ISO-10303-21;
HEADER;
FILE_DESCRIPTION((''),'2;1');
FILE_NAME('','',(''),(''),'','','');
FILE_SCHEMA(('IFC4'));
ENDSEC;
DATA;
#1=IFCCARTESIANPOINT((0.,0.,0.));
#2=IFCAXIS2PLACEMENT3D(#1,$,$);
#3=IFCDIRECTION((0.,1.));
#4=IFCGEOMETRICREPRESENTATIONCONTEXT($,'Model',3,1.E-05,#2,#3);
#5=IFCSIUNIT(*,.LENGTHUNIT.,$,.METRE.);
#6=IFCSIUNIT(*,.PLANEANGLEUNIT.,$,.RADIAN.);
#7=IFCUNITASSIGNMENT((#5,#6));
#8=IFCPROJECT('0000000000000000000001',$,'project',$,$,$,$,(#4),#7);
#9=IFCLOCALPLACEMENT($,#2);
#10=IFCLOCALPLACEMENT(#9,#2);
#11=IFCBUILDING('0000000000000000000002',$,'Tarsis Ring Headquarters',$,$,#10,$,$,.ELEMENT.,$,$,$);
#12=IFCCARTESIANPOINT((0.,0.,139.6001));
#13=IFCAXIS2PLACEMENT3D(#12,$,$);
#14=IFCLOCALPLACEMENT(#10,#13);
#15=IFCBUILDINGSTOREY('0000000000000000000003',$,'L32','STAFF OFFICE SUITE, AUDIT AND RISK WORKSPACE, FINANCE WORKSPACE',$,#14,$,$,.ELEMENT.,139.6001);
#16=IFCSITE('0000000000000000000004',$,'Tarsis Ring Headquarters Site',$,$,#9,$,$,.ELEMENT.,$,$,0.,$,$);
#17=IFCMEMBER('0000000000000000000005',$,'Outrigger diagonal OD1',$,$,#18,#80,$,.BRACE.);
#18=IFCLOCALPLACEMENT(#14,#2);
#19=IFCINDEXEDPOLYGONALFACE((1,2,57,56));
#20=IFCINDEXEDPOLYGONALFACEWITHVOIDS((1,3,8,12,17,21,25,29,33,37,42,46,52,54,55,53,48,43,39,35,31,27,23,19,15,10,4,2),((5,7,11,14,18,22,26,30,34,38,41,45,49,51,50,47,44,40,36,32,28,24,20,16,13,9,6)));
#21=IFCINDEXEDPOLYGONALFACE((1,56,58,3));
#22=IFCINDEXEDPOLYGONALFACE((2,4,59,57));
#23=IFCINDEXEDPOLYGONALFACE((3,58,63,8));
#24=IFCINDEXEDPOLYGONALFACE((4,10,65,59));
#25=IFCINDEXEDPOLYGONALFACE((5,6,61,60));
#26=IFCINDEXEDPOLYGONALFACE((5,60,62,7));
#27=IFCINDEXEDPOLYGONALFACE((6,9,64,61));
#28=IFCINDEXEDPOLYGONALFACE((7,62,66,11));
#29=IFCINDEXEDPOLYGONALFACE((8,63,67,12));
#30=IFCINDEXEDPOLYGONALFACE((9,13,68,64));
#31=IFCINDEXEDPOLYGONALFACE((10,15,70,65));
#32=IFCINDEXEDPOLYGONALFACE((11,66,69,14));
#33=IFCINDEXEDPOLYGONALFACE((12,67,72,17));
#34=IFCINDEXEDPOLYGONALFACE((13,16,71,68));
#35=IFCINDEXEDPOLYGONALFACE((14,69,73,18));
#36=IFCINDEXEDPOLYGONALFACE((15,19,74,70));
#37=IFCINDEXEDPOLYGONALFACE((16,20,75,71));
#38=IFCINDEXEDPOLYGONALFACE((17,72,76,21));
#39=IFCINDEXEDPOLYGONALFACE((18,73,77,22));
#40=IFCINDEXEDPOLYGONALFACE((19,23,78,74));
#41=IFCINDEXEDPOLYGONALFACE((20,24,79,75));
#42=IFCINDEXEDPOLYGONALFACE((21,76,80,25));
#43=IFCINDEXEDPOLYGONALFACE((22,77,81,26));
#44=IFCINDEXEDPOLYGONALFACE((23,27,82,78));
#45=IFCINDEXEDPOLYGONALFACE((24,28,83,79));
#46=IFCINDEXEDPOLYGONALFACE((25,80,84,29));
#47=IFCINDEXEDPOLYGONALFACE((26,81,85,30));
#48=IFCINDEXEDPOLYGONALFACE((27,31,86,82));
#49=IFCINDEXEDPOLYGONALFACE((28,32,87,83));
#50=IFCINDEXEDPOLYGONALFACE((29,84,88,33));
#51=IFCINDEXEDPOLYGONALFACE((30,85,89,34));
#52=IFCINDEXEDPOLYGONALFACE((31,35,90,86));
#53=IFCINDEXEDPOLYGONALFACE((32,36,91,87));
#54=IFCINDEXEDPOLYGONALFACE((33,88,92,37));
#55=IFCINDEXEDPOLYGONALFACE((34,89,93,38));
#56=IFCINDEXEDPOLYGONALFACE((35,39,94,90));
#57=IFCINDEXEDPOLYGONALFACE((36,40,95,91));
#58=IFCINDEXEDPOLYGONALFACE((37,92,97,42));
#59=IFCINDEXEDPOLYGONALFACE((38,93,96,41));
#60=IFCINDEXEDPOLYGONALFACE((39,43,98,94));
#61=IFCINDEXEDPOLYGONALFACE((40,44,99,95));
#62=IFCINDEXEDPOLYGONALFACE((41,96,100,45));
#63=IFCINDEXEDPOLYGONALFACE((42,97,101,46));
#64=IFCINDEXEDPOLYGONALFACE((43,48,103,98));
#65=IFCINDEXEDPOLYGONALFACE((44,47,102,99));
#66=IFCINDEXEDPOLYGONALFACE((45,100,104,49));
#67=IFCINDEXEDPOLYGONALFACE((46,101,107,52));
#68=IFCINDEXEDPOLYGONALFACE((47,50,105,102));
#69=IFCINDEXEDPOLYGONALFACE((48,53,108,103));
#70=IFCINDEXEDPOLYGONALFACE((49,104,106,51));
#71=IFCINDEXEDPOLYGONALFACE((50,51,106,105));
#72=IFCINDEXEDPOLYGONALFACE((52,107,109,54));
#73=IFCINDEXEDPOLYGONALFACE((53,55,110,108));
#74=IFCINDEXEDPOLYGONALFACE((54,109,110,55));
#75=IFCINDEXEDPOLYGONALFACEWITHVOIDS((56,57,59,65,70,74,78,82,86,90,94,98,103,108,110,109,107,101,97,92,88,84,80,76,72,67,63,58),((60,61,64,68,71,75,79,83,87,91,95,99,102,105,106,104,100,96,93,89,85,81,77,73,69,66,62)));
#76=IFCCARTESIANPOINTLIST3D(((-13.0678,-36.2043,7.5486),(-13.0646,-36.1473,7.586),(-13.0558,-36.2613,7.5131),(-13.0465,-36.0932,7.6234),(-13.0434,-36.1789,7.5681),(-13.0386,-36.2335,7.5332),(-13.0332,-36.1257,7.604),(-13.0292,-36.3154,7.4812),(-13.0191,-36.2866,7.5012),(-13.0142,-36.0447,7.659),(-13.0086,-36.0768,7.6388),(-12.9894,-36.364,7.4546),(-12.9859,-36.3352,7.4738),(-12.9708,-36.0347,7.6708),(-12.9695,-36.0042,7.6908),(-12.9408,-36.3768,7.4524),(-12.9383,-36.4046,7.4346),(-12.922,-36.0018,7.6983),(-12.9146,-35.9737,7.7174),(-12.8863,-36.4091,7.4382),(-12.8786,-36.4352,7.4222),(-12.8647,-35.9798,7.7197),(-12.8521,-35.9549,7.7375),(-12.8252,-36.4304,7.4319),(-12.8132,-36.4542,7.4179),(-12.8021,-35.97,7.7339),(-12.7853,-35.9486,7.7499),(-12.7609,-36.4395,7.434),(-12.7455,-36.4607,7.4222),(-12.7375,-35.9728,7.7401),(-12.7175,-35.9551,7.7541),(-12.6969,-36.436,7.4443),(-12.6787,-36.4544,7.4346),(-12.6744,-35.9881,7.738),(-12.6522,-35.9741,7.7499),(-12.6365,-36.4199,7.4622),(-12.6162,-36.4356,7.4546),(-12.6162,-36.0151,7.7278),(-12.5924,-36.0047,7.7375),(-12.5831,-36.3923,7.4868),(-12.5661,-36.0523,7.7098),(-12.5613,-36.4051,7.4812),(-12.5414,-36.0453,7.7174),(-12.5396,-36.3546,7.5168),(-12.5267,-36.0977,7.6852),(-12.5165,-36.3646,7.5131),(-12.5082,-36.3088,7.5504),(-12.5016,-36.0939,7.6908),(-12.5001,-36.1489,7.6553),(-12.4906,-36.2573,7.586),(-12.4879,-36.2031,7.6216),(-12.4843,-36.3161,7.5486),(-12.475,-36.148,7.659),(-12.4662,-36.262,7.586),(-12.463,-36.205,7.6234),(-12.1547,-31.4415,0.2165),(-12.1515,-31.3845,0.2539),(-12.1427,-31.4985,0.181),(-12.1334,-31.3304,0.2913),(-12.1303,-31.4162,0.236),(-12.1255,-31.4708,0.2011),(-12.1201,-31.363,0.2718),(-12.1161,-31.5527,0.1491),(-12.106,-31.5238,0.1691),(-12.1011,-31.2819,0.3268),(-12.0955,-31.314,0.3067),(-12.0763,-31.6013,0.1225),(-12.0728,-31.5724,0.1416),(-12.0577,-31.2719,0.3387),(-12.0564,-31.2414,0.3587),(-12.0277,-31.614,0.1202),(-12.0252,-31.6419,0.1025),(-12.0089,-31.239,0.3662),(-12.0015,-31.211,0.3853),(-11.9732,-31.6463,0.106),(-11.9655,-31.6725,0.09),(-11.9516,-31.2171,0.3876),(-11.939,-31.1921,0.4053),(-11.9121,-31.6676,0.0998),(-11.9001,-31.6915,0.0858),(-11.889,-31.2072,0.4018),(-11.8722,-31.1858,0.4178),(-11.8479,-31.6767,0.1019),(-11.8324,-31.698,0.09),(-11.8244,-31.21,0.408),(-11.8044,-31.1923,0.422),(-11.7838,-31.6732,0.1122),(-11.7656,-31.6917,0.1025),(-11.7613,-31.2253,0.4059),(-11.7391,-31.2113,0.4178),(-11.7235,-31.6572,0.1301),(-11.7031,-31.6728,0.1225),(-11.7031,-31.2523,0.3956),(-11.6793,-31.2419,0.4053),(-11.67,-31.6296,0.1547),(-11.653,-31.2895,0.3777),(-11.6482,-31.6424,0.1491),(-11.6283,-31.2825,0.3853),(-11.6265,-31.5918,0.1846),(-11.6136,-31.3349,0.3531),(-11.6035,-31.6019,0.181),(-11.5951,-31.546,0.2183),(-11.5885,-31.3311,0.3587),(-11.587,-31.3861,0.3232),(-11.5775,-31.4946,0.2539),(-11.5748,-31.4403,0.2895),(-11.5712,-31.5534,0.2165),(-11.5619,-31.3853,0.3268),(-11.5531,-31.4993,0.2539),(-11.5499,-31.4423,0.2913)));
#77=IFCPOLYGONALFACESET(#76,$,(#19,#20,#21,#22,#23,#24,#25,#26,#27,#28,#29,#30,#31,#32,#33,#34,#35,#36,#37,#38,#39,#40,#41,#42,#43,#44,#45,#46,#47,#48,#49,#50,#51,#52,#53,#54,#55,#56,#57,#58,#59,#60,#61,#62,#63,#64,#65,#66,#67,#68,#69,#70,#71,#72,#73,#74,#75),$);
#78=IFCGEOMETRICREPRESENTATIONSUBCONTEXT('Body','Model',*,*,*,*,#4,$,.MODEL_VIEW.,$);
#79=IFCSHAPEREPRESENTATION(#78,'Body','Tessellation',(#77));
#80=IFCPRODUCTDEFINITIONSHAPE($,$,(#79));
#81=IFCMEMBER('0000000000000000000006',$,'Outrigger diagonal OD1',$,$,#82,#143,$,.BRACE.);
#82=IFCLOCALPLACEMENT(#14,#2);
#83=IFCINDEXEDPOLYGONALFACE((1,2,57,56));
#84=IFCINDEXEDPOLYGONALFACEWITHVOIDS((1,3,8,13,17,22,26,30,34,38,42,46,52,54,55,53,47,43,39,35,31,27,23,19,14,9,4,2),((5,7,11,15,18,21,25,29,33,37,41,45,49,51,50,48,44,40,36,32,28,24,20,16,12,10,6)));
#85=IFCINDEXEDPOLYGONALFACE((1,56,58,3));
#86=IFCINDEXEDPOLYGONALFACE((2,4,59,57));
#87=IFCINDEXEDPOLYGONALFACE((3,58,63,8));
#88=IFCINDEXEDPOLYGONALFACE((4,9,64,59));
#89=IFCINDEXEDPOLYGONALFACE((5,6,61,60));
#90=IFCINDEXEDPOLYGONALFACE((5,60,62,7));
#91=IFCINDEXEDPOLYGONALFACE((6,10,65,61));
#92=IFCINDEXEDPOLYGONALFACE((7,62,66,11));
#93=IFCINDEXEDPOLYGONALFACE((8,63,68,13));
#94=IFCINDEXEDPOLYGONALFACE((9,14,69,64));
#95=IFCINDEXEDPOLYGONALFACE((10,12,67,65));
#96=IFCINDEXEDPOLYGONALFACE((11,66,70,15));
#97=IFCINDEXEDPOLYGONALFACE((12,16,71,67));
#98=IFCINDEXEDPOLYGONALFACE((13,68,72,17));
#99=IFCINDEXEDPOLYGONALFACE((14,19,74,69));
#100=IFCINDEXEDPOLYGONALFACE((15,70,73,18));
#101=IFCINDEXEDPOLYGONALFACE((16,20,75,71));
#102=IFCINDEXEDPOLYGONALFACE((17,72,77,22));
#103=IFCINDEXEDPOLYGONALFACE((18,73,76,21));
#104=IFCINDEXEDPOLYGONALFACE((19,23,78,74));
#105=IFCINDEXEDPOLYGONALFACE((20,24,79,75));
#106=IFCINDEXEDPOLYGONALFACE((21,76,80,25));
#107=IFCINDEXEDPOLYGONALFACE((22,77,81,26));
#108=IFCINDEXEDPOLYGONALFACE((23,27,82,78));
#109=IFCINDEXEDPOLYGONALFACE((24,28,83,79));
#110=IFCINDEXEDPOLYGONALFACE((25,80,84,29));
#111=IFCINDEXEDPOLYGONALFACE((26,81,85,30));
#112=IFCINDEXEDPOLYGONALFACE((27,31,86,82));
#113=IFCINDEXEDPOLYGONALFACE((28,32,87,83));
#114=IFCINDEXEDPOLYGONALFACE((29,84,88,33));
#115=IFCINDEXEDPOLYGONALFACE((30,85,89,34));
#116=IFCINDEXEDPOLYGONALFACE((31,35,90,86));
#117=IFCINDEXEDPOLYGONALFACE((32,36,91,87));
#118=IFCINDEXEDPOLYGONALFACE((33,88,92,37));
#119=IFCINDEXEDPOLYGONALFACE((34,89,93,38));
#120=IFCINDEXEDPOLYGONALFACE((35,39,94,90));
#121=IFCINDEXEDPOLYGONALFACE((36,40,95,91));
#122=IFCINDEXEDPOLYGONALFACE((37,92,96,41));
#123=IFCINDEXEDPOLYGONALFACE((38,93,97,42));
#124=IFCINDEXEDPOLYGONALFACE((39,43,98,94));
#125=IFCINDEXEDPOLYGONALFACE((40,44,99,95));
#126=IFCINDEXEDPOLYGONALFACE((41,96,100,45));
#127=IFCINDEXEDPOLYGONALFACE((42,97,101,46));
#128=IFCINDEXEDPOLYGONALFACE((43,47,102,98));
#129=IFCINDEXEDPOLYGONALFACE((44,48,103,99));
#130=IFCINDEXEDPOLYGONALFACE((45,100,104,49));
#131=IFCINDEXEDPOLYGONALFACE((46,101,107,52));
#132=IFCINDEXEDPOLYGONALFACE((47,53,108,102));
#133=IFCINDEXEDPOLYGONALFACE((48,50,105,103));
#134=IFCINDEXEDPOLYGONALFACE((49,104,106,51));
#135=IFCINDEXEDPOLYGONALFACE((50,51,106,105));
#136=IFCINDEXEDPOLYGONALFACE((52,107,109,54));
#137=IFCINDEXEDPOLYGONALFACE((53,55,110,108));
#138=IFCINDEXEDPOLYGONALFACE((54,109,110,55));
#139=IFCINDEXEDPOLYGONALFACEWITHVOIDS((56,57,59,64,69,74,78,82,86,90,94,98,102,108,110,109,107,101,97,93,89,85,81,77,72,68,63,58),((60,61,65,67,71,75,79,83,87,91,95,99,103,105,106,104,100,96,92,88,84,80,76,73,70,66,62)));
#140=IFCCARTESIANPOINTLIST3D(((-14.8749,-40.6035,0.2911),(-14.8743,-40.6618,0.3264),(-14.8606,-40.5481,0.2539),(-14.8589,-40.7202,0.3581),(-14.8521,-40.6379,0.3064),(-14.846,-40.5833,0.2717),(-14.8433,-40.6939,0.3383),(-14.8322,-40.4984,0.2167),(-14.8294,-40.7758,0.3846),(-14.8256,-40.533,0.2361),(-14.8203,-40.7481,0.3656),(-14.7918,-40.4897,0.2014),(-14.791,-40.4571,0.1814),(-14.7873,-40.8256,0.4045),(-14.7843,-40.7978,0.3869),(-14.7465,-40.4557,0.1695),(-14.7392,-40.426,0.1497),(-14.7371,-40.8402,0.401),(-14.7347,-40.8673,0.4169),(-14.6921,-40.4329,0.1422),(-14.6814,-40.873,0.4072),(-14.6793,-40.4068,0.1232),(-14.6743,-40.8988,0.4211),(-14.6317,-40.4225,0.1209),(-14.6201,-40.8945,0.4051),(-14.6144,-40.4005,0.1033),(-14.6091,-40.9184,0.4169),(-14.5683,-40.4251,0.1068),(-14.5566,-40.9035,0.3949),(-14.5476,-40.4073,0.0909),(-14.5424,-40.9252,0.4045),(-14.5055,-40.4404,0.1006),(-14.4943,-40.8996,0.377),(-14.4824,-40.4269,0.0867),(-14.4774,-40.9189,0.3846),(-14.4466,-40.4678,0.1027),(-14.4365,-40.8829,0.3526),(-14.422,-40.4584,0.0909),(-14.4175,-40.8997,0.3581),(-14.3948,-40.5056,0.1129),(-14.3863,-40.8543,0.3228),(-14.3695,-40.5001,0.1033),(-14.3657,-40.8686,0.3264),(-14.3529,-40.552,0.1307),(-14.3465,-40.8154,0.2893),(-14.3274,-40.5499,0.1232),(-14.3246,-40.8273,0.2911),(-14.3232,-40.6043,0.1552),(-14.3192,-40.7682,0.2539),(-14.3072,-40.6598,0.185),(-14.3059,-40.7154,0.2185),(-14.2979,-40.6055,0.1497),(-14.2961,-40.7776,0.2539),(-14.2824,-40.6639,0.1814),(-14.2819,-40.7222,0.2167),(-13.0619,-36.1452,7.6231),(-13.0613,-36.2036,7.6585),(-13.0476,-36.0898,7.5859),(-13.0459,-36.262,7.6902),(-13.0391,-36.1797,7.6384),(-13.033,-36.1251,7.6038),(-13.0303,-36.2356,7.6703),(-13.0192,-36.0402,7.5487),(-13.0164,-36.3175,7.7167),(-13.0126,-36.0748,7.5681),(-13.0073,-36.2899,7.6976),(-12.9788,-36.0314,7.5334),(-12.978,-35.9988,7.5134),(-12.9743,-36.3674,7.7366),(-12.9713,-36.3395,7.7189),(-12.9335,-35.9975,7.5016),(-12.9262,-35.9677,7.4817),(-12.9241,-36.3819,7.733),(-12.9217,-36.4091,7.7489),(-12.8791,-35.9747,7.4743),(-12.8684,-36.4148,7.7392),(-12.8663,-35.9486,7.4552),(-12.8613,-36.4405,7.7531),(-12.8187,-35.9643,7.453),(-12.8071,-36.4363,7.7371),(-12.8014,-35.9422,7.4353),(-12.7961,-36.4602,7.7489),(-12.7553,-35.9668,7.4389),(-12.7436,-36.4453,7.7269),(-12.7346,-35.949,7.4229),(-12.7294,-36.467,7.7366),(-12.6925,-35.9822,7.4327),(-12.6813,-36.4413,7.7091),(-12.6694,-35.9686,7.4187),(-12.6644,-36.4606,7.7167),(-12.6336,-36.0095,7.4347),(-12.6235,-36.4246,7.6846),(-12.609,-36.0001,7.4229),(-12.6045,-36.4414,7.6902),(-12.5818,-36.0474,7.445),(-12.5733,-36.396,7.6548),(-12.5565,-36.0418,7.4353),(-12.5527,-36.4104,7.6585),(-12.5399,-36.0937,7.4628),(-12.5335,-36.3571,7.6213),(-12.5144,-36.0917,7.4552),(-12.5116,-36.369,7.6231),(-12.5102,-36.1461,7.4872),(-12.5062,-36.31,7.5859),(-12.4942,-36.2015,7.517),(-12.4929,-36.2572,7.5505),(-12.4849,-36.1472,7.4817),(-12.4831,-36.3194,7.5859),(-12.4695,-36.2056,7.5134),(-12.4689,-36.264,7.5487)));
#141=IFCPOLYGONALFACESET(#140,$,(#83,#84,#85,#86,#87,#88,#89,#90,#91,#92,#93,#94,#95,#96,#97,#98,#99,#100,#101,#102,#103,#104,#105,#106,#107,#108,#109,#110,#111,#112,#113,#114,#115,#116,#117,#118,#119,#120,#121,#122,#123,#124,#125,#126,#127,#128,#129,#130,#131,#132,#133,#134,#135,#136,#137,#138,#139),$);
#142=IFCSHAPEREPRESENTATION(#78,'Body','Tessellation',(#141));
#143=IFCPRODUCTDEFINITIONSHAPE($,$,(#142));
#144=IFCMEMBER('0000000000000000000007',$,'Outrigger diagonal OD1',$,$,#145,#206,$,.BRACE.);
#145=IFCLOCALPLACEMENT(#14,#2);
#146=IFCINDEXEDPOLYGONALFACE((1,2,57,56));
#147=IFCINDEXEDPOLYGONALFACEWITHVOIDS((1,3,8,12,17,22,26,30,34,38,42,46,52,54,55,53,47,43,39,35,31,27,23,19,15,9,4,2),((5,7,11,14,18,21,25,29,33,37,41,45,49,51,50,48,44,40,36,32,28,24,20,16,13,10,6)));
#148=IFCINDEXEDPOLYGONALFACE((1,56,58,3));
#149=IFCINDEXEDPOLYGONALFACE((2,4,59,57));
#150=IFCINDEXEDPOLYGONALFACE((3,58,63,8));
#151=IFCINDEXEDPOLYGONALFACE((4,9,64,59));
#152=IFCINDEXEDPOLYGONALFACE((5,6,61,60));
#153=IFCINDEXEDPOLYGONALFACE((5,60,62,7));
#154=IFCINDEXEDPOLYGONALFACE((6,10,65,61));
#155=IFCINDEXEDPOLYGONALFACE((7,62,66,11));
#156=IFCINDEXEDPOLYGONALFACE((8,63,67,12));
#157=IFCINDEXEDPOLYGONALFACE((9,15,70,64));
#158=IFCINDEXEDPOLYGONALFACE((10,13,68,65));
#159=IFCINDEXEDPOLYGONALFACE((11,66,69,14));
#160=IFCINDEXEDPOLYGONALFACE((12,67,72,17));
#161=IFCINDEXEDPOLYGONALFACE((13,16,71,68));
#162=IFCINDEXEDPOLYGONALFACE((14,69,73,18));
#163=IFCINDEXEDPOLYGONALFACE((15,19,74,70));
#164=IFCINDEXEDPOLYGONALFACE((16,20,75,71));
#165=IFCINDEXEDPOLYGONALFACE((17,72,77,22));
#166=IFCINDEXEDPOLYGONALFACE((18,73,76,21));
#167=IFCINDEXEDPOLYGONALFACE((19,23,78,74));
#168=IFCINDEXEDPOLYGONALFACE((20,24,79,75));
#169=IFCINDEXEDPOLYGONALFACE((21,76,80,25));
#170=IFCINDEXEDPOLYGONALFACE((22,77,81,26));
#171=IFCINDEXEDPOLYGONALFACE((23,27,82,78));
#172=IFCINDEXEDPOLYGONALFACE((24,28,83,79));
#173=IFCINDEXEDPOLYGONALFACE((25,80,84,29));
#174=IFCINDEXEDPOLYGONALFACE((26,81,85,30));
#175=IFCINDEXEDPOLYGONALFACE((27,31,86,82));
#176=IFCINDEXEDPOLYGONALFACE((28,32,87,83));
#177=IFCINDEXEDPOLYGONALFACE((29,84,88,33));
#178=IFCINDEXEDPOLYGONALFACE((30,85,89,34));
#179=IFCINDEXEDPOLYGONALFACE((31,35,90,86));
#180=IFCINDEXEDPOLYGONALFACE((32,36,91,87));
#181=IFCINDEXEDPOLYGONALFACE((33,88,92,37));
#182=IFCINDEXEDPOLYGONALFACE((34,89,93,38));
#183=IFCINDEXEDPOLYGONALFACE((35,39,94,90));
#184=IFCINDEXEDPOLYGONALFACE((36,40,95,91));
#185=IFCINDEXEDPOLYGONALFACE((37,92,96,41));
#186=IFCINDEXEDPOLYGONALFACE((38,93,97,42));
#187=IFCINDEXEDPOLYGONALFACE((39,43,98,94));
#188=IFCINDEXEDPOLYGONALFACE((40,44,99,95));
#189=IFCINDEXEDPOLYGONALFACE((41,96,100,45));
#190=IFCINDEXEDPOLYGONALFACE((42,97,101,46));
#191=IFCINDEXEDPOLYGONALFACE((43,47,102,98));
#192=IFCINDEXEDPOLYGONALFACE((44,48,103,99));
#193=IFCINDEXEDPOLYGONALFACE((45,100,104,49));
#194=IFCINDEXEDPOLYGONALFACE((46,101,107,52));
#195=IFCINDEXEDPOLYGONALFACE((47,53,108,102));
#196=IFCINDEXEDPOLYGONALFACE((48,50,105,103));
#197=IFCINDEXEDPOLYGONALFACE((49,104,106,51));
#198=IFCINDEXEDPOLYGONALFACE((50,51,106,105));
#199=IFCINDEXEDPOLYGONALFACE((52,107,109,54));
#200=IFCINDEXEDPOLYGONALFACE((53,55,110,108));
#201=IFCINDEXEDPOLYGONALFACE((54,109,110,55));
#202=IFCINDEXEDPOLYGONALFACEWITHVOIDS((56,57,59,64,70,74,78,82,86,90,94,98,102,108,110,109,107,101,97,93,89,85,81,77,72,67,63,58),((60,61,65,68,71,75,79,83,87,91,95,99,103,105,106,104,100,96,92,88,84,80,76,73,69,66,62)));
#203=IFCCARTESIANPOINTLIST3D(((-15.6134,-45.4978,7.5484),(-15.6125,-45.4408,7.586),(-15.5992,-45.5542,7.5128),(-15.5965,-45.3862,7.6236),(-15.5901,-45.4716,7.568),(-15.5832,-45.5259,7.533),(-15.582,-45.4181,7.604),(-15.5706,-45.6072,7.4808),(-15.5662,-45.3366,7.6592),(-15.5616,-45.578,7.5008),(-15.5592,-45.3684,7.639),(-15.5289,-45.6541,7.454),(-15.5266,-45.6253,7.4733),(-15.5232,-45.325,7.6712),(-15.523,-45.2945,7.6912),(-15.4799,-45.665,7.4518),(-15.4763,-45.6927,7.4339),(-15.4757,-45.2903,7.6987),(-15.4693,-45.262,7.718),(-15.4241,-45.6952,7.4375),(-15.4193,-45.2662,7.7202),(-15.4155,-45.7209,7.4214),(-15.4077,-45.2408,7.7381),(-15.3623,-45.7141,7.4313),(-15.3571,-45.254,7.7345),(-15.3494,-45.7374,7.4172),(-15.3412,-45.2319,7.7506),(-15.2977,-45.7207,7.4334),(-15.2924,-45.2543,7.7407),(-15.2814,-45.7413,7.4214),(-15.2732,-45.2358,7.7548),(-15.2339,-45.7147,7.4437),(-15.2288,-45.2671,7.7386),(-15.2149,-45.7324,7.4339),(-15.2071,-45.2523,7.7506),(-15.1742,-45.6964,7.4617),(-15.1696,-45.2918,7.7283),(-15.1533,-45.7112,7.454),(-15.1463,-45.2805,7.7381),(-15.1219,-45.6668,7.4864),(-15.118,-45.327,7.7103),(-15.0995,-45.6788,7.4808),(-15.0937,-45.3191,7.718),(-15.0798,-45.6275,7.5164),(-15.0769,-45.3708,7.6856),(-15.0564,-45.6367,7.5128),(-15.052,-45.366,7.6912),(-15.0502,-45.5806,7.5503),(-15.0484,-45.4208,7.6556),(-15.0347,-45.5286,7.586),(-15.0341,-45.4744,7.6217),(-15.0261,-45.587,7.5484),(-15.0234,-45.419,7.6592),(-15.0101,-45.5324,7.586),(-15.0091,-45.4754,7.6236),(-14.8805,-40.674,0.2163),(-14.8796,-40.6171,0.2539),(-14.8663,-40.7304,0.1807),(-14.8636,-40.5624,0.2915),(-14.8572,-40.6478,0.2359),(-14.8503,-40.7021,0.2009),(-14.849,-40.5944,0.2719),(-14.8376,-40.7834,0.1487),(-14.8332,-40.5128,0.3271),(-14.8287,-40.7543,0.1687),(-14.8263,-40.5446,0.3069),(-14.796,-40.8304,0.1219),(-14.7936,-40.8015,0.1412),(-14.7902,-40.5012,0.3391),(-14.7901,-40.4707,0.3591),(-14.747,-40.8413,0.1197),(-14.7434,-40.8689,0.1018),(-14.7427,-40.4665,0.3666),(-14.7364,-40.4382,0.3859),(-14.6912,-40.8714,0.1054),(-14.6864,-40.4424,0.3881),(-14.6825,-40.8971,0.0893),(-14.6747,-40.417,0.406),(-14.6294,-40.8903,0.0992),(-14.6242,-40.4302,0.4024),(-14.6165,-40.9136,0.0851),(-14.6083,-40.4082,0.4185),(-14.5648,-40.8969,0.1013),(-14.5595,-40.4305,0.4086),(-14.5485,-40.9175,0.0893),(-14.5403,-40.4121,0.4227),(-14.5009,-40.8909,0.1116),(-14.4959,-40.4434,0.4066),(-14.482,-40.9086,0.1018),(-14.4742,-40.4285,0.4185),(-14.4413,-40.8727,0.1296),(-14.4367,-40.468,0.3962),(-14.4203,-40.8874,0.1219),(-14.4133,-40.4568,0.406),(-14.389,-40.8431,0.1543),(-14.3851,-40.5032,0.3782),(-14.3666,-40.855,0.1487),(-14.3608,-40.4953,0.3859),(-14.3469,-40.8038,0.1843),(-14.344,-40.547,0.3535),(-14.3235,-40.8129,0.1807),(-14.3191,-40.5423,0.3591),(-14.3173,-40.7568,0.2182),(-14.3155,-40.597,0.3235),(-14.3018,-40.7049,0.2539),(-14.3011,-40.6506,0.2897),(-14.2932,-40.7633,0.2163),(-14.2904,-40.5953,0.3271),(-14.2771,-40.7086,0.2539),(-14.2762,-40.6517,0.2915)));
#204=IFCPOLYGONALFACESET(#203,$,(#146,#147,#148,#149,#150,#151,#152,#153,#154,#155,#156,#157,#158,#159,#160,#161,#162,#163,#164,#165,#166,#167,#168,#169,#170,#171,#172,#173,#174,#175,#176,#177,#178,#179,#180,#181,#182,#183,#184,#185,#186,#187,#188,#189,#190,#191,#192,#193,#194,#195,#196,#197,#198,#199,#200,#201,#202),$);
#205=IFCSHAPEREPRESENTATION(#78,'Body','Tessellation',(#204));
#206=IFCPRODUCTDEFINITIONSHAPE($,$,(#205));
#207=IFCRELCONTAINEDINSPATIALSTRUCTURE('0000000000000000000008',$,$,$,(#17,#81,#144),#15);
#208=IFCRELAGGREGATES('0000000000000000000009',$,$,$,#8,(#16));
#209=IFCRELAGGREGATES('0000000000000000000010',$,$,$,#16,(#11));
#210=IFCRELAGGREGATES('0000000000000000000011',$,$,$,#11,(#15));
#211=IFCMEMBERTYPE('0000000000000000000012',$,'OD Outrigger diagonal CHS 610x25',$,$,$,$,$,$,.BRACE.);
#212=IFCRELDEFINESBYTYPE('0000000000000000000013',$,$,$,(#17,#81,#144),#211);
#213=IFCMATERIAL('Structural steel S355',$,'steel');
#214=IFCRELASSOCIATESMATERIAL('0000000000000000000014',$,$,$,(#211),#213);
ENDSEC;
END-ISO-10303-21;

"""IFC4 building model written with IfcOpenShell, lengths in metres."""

from ifc_helpers import new_model, si_unit, direction, frame, origin, origin_2d, place, context, subcontext, project, spatial, hollow_circle, extrude, material, material_profile, profile_set, type_object, element, save


model = new_model("IFC4")

# Units and contexts
model_context = context("Model", 3, precision=1e-05, world=origin(), true_north=direction((0.0, 1.0)))
body_context = subcontext(model_context, "Body", "Model", "MODEL_VIEW")
ifc_project = project(units=[si_unit("LENGTHUNIT", "METRE"), si_unit("PLANEANGLEUNIT", "RADIAN")], contexts=[model_context])

# Site, building, storey
site_placement = place(None, origin())
site = spatial("IfcSite", under=ifc_project, at=site_placement, Name="Tarsis Ring Headquarters Site", CompositionType="ELEMENT", RefElevation=0.0)
building_placement = place(site_placement, origin())
building = spatial("IfcBuilding", under=site, at=building_placement, Name="Tarsis Ring Headquarters", CompositionType="ELEMENT")
storey_placement = place(building_placement, frame((0.0, 0.0, 139.6001)))
storey = spatial("IfcBuildingStorey", under=building, at=storey_placement, Name="L32", Description="STAFF OFFICE SUITE, AUDIT AND RISK WORKSPACE, FINANCE WORKSPACE", CompositionType="ELEMENT", Elevation=139.6001)

# Members
ifc_material_1 = material(Name="Structural steel S355", Category="steel")
ifc_material_profile_1 = material_profile(ifc_material_1, hollow_circle(Radius=0.3047, WallThickness=0.0249, at=origin_2d()), Name="CHS 610x25")
ifc_profile_set_1 = profile_set([ifc_material_profile_1], Name="Structural steel S355")
member_type_1 = type_object("IfcMemberType", Name="OD Outrigger diagonal CHS 610x25", PredefinedType="BRACE", material=ifc_profile_set_1)
member_1_placement = place(storey_placement, frame((-11.8523, -31.4419, 0.2539), z_axis=(-0.10387, -0.541791, 0.834071), x_axis=(0.982114, -0.188287, 0.0)))
element("IfcMember", 1, at=member_1_placement, inside=storey, type_object=member_type_1, Name="Outrigger diagonal OD1", PredefinedType="BRACE", context=body_context, shape_type="SweptSolid", body=[
    extrude(hollow_circle(Radius=0.3047, WallThickness=0.0249, at=origin_2d()), origin(), (0.0, 0.0, 1.0), 8.7908),
])
member_2_placement = place(storey_placement, frame((-12.7654, -36.2046, 7.5859), z_axis=(-0.206714, -0.508324, -0.835988), x_axis=(0.926334, -0.376702, 0.0)))
element("IfcMember", 2, at=member_2_placement, inside=storey, type_object=member_type_1, Name="Outrigger diagonal OD1", PredefinedType="BRACE", context=body_context, shape_type="SweptSolid", body=[
    extrude(hollow_circle(Radius=0.3047, WallThickness=0.0249, at=origin_2d()), origin(), (0.0, 0.0, 1.0), 8.7705),
])
member_3_placement = place(storey_placement, frame((-14.5784, -40.6628, 0.2539), z_axis=(-0.083219, -0.547712, 0.832518), x_axis=(0.988653, -0.150214, 0.0)))
element("IfcMember", 3, at=member_3_placement, inside=storey, type_object=member_type_1, Name="Outrigger diagonal OD1", PredefinedType="BRACE", context=body_context, shape_type="SweptSolid", body=[
    extrude(hollow_circle(Radius=0.3047, WallThickness=0.0249, at=origin_2d()), origin(), (0.0, 0.0, 1.0), 8.8071),
])

save(model, "model.ifc")
